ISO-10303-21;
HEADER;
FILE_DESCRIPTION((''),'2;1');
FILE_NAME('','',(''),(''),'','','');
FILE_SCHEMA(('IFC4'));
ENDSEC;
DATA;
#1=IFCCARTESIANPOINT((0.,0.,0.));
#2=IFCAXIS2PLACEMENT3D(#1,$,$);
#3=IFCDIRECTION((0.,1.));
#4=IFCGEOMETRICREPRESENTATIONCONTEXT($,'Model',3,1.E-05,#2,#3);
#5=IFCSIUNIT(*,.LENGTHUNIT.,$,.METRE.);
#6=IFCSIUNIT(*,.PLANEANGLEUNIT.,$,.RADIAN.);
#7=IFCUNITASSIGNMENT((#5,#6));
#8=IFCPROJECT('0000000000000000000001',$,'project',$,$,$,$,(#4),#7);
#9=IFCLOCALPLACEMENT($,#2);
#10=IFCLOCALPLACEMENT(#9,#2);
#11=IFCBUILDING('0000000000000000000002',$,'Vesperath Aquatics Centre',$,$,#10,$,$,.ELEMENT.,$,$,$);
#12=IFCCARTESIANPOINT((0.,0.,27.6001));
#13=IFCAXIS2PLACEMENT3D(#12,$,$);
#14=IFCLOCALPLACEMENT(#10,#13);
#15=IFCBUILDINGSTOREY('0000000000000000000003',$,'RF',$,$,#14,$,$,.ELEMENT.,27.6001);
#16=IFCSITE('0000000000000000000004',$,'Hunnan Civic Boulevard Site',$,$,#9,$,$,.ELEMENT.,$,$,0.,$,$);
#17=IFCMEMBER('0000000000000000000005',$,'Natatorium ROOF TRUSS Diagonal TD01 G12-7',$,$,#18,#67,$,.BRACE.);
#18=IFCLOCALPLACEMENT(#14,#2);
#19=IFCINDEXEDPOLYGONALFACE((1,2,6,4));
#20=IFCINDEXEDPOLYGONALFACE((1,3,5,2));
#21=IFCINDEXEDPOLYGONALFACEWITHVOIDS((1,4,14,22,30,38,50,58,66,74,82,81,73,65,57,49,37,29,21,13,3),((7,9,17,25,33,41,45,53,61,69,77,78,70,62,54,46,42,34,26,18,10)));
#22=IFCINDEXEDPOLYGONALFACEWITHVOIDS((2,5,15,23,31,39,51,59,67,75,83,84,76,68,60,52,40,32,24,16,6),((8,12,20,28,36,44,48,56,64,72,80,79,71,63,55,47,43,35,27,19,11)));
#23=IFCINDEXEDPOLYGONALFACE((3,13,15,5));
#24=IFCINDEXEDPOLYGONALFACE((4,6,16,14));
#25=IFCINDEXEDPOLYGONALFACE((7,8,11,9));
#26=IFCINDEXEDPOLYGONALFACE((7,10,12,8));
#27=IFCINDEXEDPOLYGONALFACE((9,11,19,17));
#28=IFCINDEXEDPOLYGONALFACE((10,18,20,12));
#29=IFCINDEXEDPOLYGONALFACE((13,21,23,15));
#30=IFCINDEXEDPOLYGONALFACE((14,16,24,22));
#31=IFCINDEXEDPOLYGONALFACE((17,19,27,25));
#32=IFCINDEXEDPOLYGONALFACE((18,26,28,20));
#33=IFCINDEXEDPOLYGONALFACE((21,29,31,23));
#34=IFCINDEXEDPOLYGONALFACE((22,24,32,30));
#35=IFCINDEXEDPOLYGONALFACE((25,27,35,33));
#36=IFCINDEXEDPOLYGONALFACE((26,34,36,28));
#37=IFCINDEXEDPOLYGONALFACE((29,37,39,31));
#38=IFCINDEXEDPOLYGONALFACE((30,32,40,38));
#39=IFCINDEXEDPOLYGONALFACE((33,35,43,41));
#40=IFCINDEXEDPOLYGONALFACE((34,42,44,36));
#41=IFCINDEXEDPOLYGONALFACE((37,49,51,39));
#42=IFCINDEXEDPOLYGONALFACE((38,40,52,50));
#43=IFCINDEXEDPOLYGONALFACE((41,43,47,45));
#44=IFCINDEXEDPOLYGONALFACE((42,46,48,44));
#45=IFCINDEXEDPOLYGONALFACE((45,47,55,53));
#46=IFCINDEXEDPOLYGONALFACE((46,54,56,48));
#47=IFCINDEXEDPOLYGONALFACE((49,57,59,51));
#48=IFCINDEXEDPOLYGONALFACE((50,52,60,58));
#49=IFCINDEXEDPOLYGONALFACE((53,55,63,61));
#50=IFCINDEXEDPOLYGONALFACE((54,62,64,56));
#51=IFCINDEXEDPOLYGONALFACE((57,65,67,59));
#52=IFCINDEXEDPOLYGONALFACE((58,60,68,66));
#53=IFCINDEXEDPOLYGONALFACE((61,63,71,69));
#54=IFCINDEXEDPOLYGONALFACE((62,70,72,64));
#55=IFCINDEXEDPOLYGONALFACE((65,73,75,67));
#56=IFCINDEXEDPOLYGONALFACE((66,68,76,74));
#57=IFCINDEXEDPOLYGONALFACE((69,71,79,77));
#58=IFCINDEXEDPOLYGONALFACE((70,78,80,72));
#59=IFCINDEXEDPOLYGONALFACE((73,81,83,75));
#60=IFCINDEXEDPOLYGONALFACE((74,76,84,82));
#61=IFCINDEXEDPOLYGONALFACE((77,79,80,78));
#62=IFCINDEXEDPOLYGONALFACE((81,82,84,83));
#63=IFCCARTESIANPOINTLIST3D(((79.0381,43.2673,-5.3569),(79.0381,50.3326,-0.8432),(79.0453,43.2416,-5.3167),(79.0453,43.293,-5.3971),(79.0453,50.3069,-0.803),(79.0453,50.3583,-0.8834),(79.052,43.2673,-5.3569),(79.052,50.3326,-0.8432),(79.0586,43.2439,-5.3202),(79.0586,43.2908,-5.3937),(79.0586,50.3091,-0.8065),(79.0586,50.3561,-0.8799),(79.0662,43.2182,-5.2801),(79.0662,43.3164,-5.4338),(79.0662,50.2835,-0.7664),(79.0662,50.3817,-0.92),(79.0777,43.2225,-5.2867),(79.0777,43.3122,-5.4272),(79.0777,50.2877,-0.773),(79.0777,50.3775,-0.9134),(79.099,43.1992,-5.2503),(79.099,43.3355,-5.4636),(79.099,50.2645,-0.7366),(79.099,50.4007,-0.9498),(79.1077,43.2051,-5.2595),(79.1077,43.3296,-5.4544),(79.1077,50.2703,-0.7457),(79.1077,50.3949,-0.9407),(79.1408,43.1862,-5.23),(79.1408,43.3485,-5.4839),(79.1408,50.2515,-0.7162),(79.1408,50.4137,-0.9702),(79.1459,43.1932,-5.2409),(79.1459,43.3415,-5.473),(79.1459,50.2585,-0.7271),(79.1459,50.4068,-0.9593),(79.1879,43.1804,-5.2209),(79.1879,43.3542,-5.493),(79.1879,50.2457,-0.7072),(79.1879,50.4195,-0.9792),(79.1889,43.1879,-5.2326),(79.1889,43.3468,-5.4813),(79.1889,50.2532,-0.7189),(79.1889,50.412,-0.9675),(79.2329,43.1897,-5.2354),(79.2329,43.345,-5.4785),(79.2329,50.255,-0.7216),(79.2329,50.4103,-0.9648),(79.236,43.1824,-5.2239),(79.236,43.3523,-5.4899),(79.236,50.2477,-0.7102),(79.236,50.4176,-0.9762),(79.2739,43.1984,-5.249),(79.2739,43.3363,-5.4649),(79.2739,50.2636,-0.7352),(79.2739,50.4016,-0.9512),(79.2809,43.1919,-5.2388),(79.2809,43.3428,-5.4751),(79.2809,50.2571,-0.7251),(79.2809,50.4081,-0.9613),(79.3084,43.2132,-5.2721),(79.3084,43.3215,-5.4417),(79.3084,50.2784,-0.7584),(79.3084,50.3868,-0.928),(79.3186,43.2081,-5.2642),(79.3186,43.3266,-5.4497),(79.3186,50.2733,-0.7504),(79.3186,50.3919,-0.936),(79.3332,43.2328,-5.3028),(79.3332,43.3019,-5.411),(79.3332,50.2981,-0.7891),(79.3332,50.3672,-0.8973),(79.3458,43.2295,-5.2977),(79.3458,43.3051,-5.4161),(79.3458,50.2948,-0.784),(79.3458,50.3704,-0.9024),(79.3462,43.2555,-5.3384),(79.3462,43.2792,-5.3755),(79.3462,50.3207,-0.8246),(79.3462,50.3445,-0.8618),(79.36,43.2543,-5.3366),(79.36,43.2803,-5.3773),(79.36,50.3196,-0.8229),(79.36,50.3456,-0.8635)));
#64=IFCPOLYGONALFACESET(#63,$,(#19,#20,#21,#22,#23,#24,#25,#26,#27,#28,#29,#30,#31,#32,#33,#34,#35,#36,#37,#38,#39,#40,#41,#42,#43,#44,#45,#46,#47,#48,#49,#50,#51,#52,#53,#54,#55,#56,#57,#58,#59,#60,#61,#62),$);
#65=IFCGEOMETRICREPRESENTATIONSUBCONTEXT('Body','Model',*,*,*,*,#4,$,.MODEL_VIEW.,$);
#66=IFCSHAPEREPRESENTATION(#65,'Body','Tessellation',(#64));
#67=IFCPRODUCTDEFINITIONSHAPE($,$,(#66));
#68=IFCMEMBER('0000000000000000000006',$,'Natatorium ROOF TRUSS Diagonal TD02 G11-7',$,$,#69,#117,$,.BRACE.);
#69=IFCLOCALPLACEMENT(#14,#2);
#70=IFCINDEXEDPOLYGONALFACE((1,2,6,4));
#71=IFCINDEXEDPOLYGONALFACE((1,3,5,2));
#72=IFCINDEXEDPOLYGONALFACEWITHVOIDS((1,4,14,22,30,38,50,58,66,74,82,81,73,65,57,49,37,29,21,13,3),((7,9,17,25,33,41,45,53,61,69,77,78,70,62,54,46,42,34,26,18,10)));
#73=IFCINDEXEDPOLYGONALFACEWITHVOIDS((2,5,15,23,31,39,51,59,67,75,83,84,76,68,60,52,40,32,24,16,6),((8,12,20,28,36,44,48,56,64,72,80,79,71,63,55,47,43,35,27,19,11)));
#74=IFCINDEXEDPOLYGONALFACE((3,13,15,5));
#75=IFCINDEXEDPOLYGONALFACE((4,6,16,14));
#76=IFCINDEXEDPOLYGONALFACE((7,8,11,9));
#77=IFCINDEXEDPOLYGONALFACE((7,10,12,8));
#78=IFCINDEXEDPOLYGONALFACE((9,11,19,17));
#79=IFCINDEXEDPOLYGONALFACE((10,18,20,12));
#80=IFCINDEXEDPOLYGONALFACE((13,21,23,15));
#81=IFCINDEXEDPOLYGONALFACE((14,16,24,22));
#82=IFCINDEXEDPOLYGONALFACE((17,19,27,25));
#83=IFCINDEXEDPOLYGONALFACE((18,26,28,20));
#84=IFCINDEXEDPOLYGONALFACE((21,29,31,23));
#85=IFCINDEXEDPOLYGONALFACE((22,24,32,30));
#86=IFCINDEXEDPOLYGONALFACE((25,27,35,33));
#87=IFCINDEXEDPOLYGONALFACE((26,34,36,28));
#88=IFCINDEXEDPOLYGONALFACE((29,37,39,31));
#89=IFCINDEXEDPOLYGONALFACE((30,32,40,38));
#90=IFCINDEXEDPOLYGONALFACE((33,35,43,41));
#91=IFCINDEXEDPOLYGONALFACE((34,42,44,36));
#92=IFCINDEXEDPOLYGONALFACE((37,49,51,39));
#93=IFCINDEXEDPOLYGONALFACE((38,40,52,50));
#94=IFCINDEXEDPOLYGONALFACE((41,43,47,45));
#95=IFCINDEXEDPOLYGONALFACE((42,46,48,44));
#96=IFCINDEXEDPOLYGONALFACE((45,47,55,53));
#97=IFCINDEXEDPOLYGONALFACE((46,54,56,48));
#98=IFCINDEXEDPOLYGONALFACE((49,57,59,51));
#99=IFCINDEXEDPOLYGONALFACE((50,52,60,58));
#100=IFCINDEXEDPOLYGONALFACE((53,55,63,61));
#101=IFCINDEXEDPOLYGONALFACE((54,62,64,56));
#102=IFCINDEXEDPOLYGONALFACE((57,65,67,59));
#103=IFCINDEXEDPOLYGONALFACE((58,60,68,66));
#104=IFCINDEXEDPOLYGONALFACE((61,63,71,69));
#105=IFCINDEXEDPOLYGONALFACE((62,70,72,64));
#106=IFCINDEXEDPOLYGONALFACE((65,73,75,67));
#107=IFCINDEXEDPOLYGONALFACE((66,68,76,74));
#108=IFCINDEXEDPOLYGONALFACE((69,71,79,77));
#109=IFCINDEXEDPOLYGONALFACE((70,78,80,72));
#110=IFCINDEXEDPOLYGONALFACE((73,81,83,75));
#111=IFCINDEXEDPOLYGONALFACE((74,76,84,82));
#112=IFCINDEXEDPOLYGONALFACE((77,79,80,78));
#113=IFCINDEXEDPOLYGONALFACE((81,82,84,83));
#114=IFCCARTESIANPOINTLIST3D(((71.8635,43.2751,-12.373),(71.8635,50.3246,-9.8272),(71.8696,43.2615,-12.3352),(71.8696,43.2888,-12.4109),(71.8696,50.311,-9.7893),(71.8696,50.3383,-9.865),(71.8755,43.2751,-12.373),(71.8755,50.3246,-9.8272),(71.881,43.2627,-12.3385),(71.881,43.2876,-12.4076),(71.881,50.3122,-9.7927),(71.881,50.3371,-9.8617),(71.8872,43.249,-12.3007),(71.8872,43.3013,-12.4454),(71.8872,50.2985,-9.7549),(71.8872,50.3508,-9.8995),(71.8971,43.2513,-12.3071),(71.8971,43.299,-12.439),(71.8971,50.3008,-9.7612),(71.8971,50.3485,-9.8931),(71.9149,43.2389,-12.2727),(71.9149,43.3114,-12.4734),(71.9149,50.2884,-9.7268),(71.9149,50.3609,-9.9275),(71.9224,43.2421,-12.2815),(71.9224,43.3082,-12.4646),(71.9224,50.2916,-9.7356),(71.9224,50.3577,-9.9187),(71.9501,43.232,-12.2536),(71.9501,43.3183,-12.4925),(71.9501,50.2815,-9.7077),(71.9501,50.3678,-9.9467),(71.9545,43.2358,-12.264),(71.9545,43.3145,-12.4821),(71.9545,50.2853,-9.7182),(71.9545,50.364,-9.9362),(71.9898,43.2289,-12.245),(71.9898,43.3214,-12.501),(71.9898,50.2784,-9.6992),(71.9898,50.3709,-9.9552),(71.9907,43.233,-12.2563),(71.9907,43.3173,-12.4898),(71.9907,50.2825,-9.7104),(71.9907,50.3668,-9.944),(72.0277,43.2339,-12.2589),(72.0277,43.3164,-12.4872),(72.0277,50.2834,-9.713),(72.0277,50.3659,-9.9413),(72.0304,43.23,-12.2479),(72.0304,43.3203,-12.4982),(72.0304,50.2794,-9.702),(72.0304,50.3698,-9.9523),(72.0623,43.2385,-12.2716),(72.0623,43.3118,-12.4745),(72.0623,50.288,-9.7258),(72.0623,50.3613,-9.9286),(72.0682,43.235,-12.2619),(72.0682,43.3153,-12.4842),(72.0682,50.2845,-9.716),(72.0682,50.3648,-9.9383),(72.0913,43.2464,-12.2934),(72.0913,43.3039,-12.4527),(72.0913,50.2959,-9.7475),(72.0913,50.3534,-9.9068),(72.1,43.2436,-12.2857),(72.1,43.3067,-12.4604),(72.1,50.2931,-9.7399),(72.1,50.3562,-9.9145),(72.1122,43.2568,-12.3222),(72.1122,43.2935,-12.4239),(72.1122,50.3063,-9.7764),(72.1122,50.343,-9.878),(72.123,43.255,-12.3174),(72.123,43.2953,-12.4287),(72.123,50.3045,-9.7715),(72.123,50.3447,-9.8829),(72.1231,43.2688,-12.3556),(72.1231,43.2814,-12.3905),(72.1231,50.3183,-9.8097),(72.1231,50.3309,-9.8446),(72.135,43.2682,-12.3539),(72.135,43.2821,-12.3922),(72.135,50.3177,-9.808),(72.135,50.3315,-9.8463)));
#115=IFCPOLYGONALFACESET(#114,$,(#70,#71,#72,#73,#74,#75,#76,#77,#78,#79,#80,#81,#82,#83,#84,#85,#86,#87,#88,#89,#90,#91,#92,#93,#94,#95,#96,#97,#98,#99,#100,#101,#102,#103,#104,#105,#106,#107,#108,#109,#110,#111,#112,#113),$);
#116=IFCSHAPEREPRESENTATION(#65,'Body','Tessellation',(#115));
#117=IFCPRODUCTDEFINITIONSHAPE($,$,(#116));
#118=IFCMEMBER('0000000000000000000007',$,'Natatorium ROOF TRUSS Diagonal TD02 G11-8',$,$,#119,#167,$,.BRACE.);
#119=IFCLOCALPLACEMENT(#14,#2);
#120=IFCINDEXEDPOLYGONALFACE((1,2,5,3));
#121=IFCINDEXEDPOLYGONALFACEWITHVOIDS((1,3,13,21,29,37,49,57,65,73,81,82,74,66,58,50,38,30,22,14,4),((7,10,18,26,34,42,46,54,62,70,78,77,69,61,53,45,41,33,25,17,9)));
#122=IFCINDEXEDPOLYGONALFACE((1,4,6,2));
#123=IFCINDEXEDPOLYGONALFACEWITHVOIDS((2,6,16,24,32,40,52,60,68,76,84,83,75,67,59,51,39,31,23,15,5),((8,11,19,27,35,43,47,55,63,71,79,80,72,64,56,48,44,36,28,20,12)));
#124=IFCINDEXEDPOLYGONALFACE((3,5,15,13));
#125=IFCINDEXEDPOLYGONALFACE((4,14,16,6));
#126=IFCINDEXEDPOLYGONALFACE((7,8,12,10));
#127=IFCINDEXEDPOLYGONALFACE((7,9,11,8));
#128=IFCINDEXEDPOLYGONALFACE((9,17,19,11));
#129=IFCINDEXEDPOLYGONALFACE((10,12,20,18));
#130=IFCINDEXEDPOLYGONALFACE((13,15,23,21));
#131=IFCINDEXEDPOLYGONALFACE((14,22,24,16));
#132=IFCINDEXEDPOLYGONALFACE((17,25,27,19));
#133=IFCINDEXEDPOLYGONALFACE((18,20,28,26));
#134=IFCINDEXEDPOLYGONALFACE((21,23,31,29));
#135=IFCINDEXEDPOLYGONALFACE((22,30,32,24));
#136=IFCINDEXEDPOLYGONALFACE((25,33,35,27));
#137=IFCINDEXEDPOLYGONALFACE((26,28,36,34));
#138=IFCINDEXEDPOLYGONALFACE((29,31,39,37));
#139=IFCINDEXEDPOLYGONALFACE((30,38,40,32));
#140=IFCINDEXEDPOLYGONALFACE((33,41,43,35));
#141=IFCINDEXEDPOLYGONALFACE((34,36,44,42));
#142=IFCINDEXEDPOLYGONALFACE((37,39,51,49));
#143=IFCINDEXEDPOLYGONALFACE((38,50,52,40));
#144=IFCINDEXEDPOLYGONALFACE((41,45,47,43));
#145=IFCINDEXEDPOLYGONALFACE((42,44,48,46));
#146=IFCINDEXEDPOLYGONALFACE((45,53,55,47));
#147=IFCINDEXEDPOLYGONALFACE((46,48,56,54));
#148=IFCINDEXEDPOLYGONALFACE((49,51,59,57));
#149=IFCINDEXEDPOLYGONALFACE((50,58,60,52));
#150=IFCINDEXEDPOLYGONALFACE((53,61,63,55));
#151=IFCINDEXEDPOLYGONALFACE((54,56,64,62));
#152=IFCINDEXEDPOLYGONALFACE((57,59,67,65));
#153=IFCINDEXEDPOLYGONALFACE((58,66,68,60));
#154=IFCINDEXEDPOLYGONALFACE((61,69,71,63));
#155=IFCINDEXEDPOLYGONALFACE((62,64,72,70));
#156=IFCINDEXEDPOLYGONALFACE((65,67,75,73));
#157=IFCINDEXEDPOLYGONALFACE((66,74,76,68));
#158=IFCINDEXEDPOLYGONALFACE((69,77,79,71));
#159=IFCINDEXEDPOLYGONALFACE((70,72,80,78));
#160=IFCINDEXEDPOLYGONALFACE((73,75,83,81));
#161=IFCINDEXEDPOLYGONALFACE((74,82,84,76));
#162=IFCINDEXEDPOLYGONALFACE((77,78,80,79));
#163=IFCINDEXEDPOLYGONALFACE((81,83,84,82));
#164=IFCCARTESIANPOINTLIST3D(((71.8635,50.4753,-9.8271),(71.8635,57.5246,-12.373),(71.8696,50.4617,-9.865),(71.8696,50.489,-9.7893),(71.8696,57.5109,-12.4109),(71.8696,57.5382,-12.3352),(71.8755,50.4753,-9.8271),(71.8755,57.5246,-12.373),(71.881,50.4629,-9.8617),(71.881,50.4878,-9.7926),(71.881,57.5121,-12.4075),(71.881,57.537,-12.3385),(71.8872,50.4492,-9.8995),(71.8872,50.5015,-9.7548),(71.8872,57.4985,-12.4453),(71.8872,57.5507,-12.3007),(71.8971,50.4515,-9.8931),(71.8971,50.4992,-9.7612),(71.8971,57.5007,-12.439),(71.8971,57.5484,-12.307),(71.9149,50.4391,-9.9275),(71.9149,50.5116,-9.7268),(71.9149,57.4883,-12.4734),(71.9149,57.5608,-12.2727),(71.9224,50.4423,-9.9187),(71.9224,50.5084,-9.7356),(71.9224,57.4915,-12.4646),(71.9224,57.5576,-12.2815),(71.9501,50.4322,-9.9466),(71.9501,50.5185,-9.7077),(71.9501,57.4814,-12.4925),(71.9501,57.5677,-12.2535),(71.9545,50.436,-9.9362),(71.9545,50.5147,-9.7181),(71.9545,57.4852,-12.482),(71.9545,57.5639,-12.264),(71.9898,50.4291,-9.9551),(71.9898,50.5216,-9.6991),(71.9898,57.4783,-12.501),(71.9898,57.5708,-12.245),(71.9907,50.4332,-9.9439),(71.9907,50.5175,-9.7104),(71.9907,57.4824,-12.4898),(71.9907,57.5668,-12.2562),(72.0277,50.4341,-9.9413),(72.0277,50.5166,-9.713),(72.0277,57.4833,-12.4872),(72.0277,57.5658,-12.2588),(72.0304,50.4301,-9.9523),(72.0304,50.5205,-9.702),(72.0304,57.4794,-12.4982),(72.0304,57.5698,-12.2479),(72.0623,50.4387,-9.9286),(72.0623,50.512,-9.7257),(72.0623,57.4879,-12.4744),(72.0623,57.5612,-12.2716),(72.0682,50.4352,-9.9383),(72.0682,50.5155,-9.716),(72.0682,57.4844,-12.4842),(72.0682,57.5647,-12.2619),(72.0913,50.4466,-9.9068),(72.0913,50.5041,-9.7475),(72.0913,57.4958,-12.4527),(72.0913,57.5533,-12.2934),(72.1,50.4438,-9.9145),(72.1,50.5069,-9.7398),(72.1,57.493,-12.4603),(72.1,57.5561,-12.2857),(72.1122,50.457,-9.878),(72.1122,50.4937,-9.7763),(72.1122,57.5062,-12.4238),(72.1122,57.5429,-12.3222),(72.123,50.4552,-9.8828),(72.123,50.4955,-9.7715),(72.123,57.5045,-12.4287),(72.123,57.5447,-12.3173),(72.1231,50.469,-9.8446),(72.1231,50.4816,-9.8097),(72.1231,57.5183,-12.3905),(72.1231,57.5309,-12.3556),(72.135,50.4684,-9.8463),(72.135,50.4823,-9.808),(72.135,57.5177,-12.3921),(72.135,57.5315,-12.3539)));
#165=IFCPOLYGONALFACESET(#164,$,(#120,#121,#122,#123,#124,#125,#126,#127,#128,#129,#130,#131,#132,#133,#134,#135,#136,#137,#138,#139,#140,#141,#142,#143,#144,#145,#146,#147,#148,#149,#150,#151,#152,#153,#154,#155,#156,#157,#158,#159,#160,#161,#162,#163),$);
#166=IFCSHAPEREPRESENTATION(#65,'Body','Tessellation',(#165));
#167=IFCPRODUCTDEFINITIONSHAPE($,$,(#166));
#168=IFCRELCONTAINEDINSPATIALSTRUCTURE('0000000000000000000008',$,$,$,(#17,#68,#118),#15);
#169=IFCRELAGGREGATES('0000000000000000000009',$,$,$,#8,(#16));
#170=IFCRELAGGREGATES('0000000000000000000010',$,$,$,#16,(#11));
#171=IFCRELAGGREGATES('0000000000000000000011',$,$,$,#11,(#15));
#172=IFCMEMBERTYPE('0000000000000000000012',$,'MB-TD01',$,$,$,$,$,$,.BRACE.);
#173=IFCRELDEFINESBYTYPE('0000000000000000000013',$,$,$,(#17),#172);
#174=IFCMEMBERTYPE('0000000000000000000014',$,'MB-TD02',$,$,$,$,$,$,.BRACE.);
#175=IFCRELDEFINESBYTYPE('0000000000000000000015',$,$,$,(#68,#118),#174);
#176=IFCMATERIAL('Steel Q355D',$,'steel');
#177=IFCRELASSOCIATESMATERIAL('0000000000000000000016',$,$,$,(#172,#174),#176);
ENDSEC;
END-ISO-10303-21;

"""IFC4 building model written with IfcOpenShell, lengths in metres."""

from ifc_helpers import new_model, si_unit, direction, frame, origin, origin_2d, place, context, subcontext, project, spatial, hollow_circle, extrude, material, material_profile, profile_set, type_object, element, save


model = new_model("IFC4")

# Units and contexts
model_context = context("Model", 3, precision=1e-05, world=origin(), true_north=direction((0.0, 1.0)))
body_context = subcontext(model_context, "Body", "Model", "MODEL_VIEW")
ifc_project = project(units=[si_unit("LENGTHUNIT", "METRE"), si_unit("PLANEANGLEUNIT", "RADIAN")], contexts=[model_context])

# Site, building, storey
site_placement = place(None, origin())
site = spatial("IfcSite", under=ifc_project, at=site_placement, Name="Hunnan Civic Boulevard Site", CompositionType="ELEMENT", RefElevation=0.0)
building_placement = place(site_placement, origin())
building = spatial("IfcBuilding", under=site, at=building_placement, Name="Vesperath Aquatics Centre", CompositionType="ELEMENT")
storey_placement = place(building_placement, frame((0.0, 0.0, 27.6001)))
storey = spatial("IfcBuildingStorey", under=building, at=storey_placement, Name="RF", CompositionType="ELEMENT", Elevation=27.6001)

# Members
ifc_material_1 = material(Name="Steel Q355D", Category="steel")
ifc_material_profile_1 = material_profile(ifc_material_1, hollow_circle(Radius=0.1619, WallThickness=0.0139, at=origin_2d()), Name="CHS 323.9x14")
ifc_profile_set_1 = profile_set([ifc_material_profile_1], Name="Steel Q355D")
member_type_1 = type_object("IfcMemberType", Name="MB-TD01", PredefinedType="BRACE", material=ifc_profile_set_1)
member_1_placement = place(storey_placement, frame((79.2, 43.2673, -5.3569), z_axis=(0.0, 0.842707, 0.538373), x_axis=(-1.0, 0.0, 0.0)))
element("IfcMember", 1, at=member_1_placement, inside=storey, type_object=member_type_1, Name="Natatorium ROOF TRUSS Diagonal TD01 G12-7", PredefinedType="BRACE", context=body_context, shape_type="SweptSolid", body=[
    extrude(hollow_circle(Radius=0.1619, WallThickness=0.0139, at=origin_2d()), origin(), (0.0, 0.0, 1.0), 8.384),
])
ifc_material_profile_2 = material_profile(ifc_material_1, hollow_circle(Radius=0.1365, WallThickness=0.012, at=origin_2d()), Name="CHS 273.0x12")
ifc_profile_set_2 = profile_set([ifc_material_profile_2], Name="Steel Q355D")
member_type_2 = type_object("IfcMemberType", Name="MB-TD02", PredefinedType="BRACE", material=ifc_profile_set_2)
member_2_placement = place(storey_placement, frame((72.0, 43.2751, -12.373), z_axis=(0.0, 0.940544, 0.339671), x_axis=(-1.0, 0.0, 0.0)))
element("IfcMember", 2, at=member_2_placement, inside=storey, type_object=member_type_2, Name="Natatorium ROOF TRUSS Diagonal TD02 G11-7", PredefinedType="BRACE", context=body_context, shape_type="SweptSolid", body=[
    extrude(hollow_circle(Radius=0.1365, WallThickness=0.012, at=origin_2d()), origin(), (0.0, 0.0, 1.0), 7.4951),
])
member_3_placement = place(storey_placement, frame((72.0, 50.4753, -9.8271), z_axis=(0.0, 0.940541, -0.339681), x_axis=(-1.0, 0.0, 0.0)))
element("IfcMember", 3, at=member_3_placement, inside=storey, type_object=member_type_2, Name="Natatorium ROOF TRUSS Diagonal TD02 G11-8", PredefinedType="BRACE", context=body_context, shape_type="SweptSolid", body=[
    extrude(hollow_circle(Radius=0.1365, WallThickness=0.012, at=origin_2d()), origin(), (0.0, 0.0, 1.0), 7.4949),
])

save(model, "model.ifc")
